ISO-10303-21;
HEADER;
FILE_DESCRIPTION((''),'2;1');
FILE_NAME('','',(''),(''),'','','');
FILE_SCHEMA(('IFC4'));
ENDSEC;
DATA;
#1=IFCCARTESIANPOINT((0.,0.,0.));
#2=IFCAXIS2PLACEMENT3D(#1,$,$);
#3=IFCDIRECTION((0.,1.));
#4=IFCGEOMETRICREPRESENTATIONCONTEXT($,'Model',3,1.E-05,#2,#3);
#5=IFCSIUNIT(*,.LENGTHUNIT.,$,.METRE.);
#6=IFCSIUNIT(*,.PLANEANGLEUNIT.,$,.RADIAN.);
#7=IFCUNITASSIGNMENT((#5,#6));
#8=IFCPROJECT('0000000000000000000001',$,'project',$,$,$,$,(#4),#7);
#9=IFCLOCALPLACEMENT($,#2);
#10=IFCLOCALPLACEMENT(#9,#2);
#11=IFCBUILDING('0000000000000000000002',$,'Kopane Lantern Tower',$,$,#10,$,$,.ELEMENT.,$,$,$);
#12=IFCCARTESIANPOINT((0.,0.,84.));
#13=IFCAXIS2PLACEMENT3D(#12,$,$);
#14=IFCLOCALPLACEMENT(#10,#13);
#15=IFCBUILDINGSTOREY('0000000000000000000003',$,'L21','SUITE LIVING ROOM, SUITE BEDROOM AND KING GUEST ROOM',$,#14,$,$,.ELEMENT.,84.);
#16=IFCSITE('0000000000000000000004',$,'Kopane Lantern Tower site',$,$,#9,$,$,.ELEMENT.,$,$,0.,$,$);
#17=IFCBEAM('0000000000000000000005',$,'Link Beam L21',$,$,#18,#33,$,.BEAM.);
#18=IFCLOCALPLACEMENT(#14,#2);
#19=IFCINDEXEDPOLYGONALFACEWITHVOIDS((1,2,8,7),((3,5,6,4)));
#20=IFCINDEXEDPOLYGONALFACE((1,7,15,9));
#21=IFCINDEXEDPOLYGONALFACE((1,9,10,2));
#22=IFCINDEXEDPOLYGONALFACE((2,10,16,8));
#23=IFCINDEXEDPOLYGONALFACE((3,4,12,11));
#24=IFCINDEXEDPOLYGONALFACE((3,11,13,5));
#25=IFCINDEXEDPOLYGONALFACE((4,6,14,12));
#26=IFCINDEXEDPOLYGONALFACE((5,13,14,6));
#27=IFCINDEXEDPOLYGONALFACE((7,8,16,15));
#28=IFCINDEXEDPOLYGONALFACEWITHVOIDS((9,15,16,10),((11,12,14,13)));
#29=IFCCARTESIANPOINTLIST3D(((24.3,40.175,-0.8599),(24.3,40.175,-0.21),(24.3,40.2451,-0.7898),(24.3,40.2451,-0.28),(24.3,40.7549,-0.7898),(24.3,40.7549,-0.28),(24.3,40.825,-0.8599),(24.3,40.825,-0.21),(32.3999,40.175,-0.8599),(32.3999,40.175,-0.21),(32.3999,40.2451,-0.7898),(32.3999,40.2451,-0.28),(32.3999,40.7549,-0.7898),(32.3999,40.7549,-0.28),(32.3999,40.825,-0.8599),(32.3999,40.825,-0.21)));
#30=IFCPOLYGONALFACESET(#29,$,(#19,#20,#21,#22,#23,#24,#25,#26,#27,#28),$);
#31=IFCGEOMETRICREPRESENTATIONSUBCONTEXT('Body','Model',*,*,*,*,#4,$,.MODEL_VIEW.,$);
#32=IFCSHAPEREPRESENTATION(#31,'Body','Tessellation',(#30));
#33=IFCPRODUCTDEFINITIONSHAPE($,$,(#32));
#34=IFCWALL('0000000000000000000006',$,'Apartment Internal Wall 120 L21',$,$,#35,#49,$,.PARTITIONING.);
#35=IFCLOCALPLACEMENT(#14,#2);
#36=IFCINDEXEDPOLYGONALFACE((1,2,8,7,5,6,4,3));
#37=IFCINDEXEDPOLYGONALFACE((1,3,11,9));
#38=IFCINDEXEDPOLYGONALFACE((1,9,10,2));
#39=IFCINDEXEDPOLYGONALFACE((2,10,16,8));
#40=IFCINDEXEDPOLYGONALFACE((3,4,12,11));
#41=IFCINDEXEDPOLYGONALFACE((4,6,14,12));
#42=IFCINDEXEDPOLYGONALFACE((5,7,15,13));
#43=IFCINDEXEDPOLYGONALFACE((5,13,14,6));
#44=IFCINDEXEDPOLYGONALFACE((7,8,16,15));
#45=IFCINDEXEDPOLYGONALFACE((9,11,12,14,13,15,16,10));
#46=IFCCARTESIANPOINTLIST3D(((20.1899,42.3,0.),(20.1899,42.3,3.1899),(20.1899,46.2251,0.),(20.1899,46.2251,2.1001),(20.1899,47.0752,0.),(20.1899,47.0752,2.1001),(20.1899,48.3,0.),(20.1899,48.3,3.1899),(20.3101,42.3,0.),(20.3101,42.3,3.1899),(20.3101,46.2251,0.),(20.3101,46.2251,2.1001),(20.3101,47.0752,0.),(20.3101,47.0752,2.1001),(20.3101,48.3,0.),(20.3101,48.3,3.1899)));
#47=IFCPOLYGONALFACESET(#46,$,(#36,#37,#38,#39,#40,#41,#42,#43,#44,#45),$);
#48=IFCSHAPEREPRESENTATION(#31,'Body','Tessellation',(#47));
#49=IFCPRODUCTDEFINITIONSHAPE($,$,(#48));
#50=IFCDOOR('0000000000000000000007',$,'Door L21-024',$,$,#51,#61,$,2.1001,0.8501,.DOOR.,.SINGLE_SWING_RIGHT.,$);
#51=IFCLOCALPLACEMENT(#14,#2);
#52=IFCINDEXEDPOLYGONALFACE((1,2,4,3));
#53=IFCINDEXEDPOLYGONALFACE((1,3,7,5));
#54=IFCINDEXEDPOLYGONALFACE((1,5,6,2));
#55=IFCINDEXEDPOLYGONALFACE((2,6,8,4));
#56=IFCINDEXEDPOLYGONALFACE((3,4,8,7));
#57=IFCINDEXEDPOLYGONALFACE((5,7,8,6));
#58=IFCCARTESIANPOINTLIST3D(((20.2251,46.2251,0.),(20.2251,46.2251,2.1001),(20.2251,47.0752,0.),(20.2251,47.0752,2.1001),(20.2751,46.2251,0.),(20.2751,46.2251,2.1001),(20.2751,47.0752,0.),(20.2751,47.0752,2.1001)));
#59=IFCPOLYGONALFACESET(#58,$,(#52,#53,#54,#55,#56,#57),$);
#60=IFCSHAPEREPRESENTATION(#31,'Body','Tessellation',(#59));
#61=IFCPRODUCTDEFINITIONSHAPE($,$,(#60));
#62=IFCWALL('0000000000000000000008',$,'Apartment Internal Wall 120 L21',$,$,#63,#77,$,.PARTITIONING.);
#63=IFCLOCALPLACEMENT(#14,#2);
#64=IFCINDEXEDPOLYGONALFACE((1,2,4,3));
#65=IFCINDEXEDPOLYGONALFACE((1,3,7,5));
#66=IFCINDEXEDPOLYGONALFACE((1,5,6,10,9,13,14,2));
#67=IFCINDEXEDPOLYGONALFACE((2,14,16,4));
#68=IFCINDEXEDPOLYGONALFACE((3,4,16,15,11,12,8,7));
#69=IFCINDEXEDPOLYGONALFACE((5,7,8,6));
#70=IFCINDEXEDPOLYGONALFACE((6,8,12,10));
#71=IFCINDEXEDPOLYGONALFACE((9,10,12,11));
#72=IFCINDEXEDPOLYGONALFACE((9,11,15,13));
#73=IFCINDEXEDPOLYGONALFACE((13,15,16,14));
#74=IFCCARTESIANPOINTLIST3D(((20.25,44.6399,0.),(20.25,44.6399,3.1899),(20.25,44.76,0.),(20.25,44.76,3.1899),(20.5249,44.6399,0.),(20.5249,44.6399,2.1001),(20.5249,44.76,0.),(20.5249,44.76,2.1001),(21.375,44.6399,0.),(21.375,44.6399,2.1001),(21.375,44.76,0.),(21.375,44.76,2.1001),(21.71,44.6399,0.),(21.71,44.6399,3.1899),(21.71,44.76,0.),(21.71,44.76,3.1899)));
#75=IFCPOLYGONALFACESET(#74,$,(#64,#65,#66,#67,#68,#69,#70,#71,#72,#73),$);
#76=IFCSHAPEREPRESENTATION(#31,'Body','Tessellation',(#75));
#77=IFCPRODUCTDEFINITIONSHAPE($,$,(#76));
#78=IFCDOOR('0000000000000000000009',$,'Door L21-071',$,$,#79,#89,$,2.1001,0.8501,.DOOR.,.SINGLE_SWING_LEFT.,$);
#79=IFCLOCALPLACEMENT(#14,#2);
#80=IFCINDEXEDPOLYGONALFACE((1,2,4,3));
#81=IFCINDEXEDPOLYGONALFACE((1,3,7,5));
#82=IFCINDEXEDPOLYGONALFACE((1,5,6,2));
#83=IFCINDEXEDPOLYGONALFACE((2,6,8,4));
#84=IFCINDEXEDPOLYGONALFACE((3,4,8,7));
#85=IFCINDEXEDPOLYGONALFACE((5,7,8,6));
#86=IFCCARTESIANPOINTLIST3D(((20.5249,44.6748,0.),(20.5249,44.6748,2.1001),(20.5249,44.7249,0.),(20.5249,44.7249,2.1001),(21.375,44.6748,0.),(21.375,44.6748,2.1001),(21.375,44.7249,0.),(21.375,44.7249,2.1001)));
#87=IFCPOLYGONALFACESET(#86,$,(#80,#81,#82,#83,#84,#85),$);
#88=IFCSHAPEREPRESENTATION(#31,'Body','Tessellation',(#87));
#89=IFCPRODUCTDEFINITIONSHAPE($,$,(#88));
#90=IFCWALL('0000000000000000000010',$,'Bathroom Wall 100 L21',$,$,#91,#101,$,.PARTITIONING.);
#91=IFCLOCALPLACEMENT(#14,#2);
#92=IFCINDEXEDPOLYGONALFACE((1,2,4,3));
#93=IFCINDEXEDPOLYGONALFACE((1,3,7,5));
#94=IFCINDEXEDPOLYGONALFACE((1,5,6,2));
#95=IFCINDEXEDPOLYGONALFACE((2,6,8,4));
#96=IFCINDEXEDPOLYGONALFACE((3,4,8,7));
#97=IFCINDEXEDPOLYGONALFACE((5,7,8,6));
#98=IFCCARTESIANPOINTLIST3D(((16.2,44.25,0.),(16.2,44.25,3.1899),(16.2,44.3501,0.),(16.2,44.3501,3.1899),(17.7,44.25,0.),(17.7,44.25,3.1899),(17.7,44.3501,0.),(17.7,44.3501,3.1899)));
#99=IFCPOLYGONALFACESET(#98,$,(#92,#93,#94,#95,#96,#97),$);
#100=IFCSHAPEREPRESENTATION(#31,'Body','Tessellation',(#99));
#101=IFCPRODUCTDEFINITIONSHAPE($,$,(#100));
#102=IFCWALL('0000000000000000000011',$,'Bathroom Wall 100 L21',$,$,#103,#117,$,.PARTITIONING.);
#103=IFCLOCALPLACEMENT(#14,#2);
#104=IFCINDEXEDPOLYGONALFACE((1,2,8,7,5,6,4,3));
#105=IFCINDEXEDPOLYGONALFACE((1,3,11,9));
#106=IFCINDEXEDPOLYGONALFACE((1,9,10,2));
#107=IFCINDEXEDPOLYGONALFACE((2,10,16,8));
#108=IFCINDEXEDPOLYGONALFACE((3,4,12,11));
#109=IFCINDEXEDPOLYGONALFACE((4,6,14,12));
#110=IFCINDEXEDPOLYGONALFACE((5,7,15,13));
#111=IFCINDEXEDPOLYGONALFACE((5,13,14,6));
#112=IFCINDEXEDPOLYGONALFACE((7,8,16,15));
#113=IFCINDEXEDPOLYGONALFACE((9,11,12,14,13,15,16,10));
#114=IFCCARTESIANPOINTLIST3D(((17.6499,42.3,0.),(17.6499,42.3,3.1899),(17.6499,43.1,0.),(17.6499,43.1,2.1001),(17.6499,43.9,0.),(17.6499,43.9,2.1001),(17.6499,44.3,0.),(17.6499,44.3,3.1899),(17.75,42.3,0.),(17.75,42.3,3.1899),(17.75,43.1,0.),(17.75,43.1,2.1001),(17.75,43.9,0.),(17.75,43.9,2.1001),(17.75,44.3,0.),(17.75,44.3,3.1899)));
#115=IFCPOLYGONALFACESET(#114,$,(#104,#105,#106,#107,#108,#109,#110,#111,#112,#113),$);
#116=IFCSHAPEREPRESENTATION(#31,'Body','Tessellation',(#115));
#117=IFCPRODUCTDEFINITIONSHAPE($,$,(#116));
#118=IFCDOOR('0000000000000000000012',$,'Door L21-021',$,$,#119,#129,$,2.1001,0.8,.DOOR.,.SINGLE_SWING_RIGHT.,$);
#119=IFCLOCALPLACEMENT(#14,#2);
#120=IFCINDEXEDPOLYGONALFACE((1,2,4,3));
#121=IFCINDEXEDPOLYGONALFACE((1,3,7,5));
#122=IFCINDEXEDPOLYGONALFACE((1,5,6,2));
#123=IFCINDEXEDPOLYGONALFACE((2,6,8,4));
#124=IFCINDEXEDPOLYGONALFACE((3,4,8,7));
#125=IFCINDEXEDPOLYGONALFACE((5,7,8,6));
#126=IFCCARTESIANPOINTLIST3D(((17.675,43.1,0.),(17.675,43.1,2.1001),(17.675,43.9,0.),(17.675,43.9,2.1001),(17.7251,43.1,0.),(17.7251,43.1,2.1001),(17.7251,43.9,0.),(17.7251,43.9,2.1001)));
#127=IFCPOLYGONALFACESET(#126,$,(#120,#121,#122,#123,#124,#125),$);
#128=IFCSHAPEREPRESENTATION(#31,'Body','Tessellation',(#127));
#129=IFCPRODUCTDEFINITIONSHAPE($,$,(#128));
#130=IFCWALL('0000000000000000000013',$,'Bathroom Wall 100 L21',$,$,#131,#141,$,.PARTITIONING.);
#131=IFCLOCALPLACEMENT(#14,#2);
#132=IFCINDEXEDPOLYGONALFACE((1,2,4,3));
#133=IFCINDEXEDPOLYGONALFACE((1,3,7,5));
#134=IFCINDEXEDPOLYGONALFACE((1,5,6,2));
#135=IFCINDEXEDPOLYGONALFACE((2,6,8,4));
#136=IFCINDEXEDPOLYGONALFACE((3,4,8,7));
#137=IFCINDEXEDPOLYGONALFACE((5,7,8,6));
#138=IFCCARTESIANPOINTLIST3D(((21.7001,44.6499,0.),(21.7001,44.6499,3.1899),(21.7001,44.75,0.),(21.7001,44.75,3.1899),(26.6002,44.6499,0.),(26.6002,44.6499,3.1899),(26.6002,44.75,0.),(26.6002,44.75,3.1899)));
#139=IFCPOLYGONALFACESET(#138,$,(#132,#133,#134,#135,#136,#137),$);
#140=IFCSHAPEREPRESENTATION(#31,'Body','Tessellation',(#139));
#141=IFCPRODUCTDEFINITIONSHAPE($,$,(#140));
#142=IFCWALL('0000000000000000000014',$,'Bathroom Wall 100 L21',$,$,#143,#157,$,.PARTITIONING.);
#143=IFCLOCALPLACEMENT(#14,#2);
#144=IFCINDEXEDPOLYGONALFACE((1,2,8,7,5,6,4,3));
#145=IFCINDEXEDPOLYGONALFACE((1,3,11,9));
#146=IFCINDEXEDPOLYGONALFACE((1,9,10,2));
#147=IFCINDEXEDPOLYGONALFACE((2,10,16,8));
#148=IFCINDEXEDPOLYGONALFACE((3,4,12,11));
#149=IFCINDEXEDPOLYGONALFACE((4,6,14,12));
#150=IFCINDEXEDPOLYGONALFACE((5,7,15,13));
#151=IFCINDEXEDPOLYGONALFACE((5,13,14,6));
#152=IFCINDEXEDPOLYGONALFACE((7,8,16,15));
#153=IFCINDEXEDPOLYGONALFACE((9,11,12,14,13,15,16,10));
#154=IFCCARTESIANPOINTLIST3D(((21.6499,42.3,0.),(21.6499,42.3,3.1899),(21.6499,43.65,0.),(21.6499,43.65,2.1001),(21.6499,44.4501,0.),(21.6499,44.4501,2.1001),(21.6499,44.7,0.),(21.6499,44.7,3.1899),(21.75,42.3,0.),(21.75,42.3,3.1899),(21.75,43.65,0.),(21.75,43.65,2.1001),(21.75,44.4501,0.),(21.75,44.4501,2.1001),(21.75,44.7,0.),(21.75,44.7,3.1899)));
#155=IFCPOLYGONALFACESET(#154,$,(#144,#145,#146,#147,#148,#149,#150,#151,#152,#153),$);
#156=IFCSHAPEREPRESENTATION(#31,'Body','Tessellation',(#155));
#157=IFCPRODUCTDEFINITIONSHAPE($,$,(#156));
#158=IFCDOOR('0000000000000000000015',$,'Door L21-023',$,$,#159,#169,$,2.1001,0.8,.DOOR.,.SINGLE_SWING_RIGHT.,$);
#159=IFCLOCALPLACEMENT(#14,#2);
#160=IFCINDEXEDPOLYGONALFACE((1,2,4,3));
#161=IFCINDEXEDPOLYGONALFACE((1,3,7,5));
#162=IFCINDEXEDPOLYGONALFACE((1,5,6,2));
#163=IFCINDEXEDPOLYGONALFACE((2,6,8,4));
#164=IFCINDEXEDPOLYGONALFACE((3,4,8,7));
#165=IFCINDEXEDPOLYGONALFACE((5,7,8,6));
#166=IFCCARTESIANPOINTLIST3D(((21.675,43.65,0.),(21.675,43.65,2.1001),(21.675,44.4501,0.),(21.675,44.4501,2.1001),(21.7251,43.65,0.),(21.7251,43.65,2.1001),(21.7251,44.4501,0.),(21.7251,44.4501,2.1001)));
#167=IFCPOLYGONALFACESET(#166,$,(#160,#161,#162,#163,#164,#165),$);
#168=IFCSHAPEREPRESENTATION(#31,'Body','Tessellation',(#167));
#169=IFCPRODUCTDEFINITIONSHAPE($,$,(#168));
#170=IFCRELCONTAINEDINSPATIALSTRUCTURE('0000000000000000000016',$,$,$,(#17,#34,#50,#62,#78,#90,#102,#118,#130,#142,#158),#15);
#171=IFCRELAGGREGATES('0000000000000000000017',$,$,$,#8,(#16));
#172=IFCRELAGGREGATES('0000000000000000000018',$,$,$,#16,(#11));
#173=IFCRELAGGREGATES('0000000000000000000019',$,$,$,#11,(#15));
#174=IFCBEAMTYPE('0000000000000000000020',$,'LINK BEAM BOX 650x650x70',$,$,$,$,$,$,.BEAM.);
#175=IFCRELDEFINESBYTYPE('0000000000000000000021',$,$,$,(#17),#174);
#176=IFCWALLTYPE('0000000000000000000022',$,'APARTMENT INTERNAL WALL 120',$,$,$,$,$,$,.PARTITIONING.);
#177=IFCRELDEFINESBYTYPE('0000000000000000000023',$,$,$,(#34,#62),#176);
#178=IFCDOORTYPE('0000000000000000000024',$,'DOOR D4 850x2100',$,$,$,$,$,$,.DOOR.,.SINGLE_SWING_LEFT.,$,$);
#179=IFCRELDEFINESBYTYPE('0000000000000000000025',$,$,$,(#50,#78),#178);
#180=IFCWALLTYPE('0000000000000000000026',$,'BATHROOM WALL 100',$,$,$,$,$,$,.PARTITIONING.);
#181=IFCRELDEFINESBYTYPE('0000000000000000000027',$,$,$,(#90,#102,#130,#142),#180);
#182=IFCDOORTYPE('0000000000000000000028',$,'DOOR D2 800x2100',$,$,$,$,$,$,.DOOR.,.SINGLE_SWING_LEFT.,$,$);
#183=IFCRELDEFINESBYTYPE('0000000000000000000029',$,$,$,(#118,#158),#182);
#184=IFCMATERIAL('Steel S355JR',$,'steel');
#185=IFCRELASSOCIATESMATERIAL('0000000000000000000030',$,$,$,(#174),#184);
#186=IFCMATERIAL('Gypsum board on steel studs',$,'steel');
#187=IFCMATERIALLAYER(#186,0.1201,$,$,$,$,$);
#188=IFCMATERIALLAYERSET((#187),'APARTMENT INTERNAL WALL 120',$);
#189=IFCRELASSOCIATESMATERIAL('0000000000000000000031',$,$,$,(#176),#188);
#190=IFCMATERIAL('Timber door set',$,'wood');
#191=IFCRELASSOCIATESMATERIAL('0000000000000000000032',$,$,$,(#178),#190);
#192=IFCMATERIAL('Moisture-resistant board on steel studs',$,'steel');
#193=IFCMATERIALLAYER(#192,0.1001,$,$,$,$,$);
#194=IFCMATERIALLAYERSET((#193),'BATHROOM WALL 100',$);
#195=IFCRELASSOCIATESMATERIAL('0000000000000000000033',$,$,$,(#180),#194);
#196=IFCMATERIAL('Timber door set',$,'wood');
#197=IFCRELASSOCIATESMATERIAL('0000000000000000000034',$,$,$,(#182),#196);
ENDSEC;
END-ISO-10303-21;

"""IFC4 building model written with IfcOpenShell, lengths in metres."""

from ifc_helpers import new_model, si_unit, direction, frame, frame_2d, origin, origin_2d, place, context, subcontext, project, spatial, rectangle, hollow_rectangle, extrude, material, layer, layer_set, material_profile, profile_set, type_object, element, fill, save


model = new_model("IFC4")

# Units and contexts
model_context = context("Model", 3, precision=1e-05, world=origin(), true_north=direction((0.0, 1.0)))
body_context = subcontext(model_context, "Body", "Model", "MODEL_VIEW")
ifc_project = project(units=[si_unit("LENGTHUNIT", "METRE"), si_unit("PLANEANGLEUNIT", "RADIAN")], contexts=[model_context])

# Site, building, storey
site_placement = place(None, origin())
site = spatial("IfcSite", under=ifc_project, at=site_placement, Name="Kopane Lantern Tower site", CompositionType="ELEMENT", RefElevation=0.0)
building_placement = place(site_placement, origin())
building = spatial("IfcBuilding", under=site, at=building_placement, Name="Kopane Lantern Tower", CompositionType="ELEMENT")
storey_placement = place(building_placement, frame((0.0, 0.0, 84.0)))
storey = spatial("IfcBuildingStorey", under=building, at=storey_placement, Name="L21", Description="SUITE LIVING ROOM, SUITE BEDROOM AND KING GUEST ROOM", CompositionType="ELEMENT", Elevation=84.0)

# Beam
ifc_material_1 = material(Name="Steel S355JR", Category="steel")
ifc_material_profile_1 = material_profile(ifc_material_1, hollow_rectangle(XDim=0.6499, YDim=0.6499, WallThickness=0.0701, at=origin_2d()), Name="BOX 650x650x70")
ifc_profile_set_1 = profile_set([ifc_material_profile_1], Name="Steel S355JR")
beam_type_1 = type_object("IfcBeamType", Name="LINK BEAM BOX 650x650x70", PredefinedType="BEAM", material=ifc_profile_set_1)
beam_1_placement = place(storey_placement, frame((24.3, 40.5, -0.5349), z_axis=(1.0, 0.0, 0.0), x_axis=(0.0, 1.0, 0.0)))
element("IfcBeam", 1, at=beam_1_placement, inside=storey, type_object=beam_type_1, Name="Link Beam L21", PredefinedType="BEAM", context=body_context, shape_type="SweptSolid", body=[
    extrude(hollow_rectangle(XDim=0.6499, YDim=0.6499, WallThickness=0.0701, at=origin_2d()), origin(), (0.0, 0.0, 1.0), 8.0999),
])

# Walls, openings, doors
ifc_material_2 = material(Name="Gypsum board on steel studs", Category="steel")
ifc_layer_1 = layer(ifc_material_2, 0.1201)
ifc_layer_set_1 = layer_set([ifc_layer_1], Name="APARTMENT INTERNAL WALL 120")
wall_type_1 = type_object("IfcWallType", Name="APARTMENT INTERNAL WALL 120", PredefinedType="PARTITIONING", material=ifc_layer_set_1)
wall_1_placement = place(storey_placement, frame((20.25, 42.3, 0.0), z_axis=(0.0, 0.0, 1.0), x_axis=(0.0, 1.0, 0.0)))
wall_1 = element("IfcWall", 2, at=wall_1_placement, inside=storey, type_object=wall_type_1, Name="Apartment Internal Wall 120 L21", PredefinedType="PARTITIONING", context=body_context, shape_type="SweptSolid", body=[
    extrude(rectangle(XDim=6.0, YDim=0.1201, at=frame_2d((3.0, 0.0))), origin(), (0.0, 0.0, 1.0), 3.1899),
])
opening_1_placement = place(wall_1_placement, frame((3.925, 0.0, 0.0)))
opening_1 = element("IfcOpeningElement", 3, at=opening_1_placement, cuts=wall_1, PredefinedType="OPENING", context=body_context, shape_type="SweptSolid", body=[
    extrude(rectangle(XDim=0.8501, YDim=2.1001, at=frame_2d((0.425, 1.05))), frame((0.0, 0.0701, 0.0), z_axis=(0.0, -1.0, 0.0), x_axis=(1.0, 0.0, 0.0)), (0.0, 0.0, 1.0), 0.1401),
])
ifc_material_3 = material(Name="Timber door set", Category="wood")
door_type_1 = type_object("IfcDoorType", Name="DOOR D4 850x2100", OperationType="SINGLE_SWING_LEFT", PredefinedType="DOOR", material=ifc_material_3)
door_1_placement = place(opening_1_placement, origin())
door_1 = element("IfcDoor", 4, at=door_1_placement, inside=storey, type_object=door_type_1, Name="Door L21-024", OperationType="SINGLE_SWING_RIGHT", OverallHeight=2.1001, OverallWidth=0.8501, PredefinedType="DOOR", context=body_context, shape_type="SweptSolid", body=[
    extrude(rectangle(XDim=0.8501, YDim=2.1001, at=frame_2d((0.425, 1.05))), frame((0.0, 0.0249, 0.0), z_axis=(0.0, -1.0, 0.0), x_axis=(1.0, 0.0, 0.0)), (0.0, 0.0, 1.0), 0.05),
])
fill(opening_1, door_1)
wall_2_placement = place(storey_placement, frame((20.25, 44.7, 0.0), z_axis=(0.0, 0.0, 1.0), x_axis=(1.0, 0.0, 0.0)))
wall_2 = element("IfcWall", 5, at=wall_2_placement, inside=storey, type_object=wall_type_1, Name="Apartment Internal Wall 120 L21", PredefinedType="PARTITIONING", context=body_context, shape_type="SweptSolid", body=[
    extrude(rectangle(XDim=1.46, YDim=0.1201, at=frame_2d((0.73, 0.0))), origin(), (0.0, 0.0, 1.0), 3.1899),
])
opening_2_placement = place(wall_2_placement, frame((0.2749, 0.0, 0.0)))
opening_2 = element("IfcOpeningElement", 6, at=opening_2_placement, cuts=wall_2, PredefinedType="OPENING", context=body_context, shape_type="SweptSolid", body=[
    extrude(rectangle(XDim=0.8501, YDim=2.1001, at=frame_2d((0.425, 1.05))), frame((0.0, 0.0701, 0.0), z_axis=(0.0, -1.0, 0.0), x_axis=(1.0, 0.0, 0.0)), (0.0, 0.0, 1.0), 0.1401),
])
door_2_placement = place(opening_2_placement, origin())
door_2 = element("IfcDoor", 7, at=door_2_placement, inside=storey, type_object=door_type_1, Name="Door L21-071", OperationType="SINGLE_SWING_LEFT", OverallHeight=2.1001, OverallWidth=0.8501, PredefinedType="DOOR", context=body_context, shape_type="SweptSolid", body=[
    extrude(rectangle(XDim=0.8501, YDim=2.1001, at=frame_2d((0.425, 1.05))), frame((0.0, 0.0249, 0.0), z_axis=(0.0, -1.0, 0.0), x_axis=(1.0, 0.0, 0.0)), (0.0, 0.0, 1.0), 0.05),
])
fill(opening_2, door_2)

# Wall
ifc_material_4 = material(Name="Moisture-resistant board on steel studs", Category="steel")
ifc_layer_2 = layer(ifc_material_4, 0.1001)
ifc_layer_set_2 = layer_set([ifc_layer_2], Name="BATHROOM WALL 100")
wall_type_2 = type_object("IfcWallType", Name="BATHROOM WALL 100", PredefinedType="PARTITIONING", material=ifc_layer_set_2)
wall_3_placement = place(storey_placement, frame((16.2, 44.3, 0.0), z_axis=(0.0, 0.0, 1.0), x_axis=(1.0, 0.0, 0.0)))
element("IfcWall", 8, at=wall_3_placement, inside=storey, type_object=wall_type_2, Name="Bathroom Wall 100 L21", PredefinedType="PARTITIONING", context=body_context, shape_type="SweptSolid", body=[
    extrude(rectangle(XDim=1.5, YDim=0.1001, at=frame_2d((0.75, 0.0))), origin(), (0.0, 0.0, 1.0), 3.1899),
])

# Wall, opening, door
wall_4_placement = place(storey_placement, frame((17.7, 42.3, 0.0), z_axis=(0.0, 0.0, 1.0), x_axis=(0.0, 1.0, 0.0)))
wall_4 = element("IfcWall", 9, at=wall_4_placement, inside=storey, type_object=wall_type_2, Name="Bathroom Wall 100 L21", PredefinedType="PARTITIONING", context=body_context, shape_type="SweptSolid", body=[
    extrude(rectangle(XDim=2.0, YDim=0.1001, at=frame_2d((1.0, 0.0))), origin(), (0.0, 0.0, 1.0), 3.1899),
])
opening_3_placement = place(wall_4_placement, frame((0.8, 0.0, 0.0)))
opening_3 = element("IfcOpeningElement", 10, at=opening_3_placement, cuts=wall_4, PredefinedType="OPENING", context=body_context, shape_type="SweptSolid", body=[
    extrude(rectangle(XDim=0.8, YDim=2.1001, at=frame_2d((0.3999, 1.05))), frame((0.0, 0.0601, 0.0), z_axis=(0.0, -1.0, 0.0), x_axis=(1.0, 0.0, 0.0)), (0.0, 0.0, 1.0), 0.1201),
])
ifc_material_5 = material(Name="Timber door set", Category="wood")
door_type_2 = type_object("IfcDoorType", Name="DOOR D2 800x2100", OperationType="SINGLE_SWING_LEFT", PredefinedType="DOOR", material=ifc_material_5)
door_3_placement = place(opening_3_placement, origin())
door_3 = element("IfcDoor", 11, at=door_3_placement, inside=storey, type_object=door_type_2, Name="Door L21-021", OperationType="SINGLE_SWING_RIGHT", OverallHeight=2.1001, OverallWidth=0.8, PredefinedType="DOOR", context=body_context, shape_type="SweptSolid", body=[
    extrude(rectangle(XDim=0.8, YDim=2.1001, at=frame_2d((0.3999, 1.05))), frame((0.0, 0.0249, 0.0), z_axis=(0.0, -1.0, 0.0), x_axis=(1.0, 0.0, 0.0)), (0.0, 0.0, 1.0), 0.05),
])
fill(opening_3, door_3)

# Wall
wall_5_placement = place(storey_placement, frame((21.7, 44.7, 0.0), z_axis=(0.0, 0.0, 1.0), x_axis=(1.0, 0.0, 0.0)))
element("IfcWall", 12, at=wall_5_placement, inside=storey, type_object=wall_type_2, Name="Bathroom Wall 100 L21", PredefinedType="PARTITIONING", context=body_context, shape_type="SweptSolid", body=[
    extrude(rectangle(XDim=4.9001, YDim=0.1001, at=frame_2d((2.4502, 0.0))), origin(), (0.0, 0.0, 1.0), 3.1899),
])

# Wall, opening, door
wall_6_placement = place(storey_placement, frame((21.7, 42.3, 0.0), z_axis=(0.0, 0.0, 1.0), x_axis=(0.0, 1.0, 0.0)))
wall_6 = element("IfcWall", 13, at=wall_6_placement, inside=storey, type_object=wall_type_2, Name="Bathroom Wall 100 L21", PredefinedType="PARTITIONING", context=body_context, shape_type="SweptSolid", body=[
    extrude(rectangle(XDim=2.3999, YDim=0.1001, at=frame_2d((1.2, 0.0))), origin(), (0.0, 0.0, 1.0), 3.1899),
])
opening_4_placement = place(wall_6_placement, frame((1.3501, 0.0, 0.0)))
opening_4 = element("IfcOpeningElement", 14, at=opening_4_placement, cuts=wall_6, PredefinedType="OPENING", context=body_context, shape_type="SweptSolid", body=[
    extrude(rectangle(XDim=0.8, YDim=2.1001, at=frame_2d((0.3999, 1.05))), frame((0.0, 0.0601, 0.0), z_axis=(0.0, -1.0, 0.0), x_axis=(1.0, 0.0, 0.0)), (0.0, 0.0, 1.0), 0.1201),
])
door_4_placement = place(opening_4_placement, origin())
door_4 = element("IfcDoor", 15, at=door_4_placement, inside=storey, type_object=door_type_2, Name="Door L21-023", OperationType="SINGLE_SWING_RIGHT", OverallHeight=2.1001, OverallWidth=0.8, PredefinedType="DOOR", context=body_context, shape_type="SweptSolid", body=[
    extrude(rectangle(XDim=0.8, YDim=2.1001, at=frame_2d((0.3999, 1.05))), frame((0.0, 0.0249, 0.0), z_axis=(0.0, -1.0, 0.0), x_axis=(1.0, 0.0, 0.0)), (0.0, 0.0, 1.0), 0.05),
])
fill(opening_4, door_4)

save(model, "model.ifc")
